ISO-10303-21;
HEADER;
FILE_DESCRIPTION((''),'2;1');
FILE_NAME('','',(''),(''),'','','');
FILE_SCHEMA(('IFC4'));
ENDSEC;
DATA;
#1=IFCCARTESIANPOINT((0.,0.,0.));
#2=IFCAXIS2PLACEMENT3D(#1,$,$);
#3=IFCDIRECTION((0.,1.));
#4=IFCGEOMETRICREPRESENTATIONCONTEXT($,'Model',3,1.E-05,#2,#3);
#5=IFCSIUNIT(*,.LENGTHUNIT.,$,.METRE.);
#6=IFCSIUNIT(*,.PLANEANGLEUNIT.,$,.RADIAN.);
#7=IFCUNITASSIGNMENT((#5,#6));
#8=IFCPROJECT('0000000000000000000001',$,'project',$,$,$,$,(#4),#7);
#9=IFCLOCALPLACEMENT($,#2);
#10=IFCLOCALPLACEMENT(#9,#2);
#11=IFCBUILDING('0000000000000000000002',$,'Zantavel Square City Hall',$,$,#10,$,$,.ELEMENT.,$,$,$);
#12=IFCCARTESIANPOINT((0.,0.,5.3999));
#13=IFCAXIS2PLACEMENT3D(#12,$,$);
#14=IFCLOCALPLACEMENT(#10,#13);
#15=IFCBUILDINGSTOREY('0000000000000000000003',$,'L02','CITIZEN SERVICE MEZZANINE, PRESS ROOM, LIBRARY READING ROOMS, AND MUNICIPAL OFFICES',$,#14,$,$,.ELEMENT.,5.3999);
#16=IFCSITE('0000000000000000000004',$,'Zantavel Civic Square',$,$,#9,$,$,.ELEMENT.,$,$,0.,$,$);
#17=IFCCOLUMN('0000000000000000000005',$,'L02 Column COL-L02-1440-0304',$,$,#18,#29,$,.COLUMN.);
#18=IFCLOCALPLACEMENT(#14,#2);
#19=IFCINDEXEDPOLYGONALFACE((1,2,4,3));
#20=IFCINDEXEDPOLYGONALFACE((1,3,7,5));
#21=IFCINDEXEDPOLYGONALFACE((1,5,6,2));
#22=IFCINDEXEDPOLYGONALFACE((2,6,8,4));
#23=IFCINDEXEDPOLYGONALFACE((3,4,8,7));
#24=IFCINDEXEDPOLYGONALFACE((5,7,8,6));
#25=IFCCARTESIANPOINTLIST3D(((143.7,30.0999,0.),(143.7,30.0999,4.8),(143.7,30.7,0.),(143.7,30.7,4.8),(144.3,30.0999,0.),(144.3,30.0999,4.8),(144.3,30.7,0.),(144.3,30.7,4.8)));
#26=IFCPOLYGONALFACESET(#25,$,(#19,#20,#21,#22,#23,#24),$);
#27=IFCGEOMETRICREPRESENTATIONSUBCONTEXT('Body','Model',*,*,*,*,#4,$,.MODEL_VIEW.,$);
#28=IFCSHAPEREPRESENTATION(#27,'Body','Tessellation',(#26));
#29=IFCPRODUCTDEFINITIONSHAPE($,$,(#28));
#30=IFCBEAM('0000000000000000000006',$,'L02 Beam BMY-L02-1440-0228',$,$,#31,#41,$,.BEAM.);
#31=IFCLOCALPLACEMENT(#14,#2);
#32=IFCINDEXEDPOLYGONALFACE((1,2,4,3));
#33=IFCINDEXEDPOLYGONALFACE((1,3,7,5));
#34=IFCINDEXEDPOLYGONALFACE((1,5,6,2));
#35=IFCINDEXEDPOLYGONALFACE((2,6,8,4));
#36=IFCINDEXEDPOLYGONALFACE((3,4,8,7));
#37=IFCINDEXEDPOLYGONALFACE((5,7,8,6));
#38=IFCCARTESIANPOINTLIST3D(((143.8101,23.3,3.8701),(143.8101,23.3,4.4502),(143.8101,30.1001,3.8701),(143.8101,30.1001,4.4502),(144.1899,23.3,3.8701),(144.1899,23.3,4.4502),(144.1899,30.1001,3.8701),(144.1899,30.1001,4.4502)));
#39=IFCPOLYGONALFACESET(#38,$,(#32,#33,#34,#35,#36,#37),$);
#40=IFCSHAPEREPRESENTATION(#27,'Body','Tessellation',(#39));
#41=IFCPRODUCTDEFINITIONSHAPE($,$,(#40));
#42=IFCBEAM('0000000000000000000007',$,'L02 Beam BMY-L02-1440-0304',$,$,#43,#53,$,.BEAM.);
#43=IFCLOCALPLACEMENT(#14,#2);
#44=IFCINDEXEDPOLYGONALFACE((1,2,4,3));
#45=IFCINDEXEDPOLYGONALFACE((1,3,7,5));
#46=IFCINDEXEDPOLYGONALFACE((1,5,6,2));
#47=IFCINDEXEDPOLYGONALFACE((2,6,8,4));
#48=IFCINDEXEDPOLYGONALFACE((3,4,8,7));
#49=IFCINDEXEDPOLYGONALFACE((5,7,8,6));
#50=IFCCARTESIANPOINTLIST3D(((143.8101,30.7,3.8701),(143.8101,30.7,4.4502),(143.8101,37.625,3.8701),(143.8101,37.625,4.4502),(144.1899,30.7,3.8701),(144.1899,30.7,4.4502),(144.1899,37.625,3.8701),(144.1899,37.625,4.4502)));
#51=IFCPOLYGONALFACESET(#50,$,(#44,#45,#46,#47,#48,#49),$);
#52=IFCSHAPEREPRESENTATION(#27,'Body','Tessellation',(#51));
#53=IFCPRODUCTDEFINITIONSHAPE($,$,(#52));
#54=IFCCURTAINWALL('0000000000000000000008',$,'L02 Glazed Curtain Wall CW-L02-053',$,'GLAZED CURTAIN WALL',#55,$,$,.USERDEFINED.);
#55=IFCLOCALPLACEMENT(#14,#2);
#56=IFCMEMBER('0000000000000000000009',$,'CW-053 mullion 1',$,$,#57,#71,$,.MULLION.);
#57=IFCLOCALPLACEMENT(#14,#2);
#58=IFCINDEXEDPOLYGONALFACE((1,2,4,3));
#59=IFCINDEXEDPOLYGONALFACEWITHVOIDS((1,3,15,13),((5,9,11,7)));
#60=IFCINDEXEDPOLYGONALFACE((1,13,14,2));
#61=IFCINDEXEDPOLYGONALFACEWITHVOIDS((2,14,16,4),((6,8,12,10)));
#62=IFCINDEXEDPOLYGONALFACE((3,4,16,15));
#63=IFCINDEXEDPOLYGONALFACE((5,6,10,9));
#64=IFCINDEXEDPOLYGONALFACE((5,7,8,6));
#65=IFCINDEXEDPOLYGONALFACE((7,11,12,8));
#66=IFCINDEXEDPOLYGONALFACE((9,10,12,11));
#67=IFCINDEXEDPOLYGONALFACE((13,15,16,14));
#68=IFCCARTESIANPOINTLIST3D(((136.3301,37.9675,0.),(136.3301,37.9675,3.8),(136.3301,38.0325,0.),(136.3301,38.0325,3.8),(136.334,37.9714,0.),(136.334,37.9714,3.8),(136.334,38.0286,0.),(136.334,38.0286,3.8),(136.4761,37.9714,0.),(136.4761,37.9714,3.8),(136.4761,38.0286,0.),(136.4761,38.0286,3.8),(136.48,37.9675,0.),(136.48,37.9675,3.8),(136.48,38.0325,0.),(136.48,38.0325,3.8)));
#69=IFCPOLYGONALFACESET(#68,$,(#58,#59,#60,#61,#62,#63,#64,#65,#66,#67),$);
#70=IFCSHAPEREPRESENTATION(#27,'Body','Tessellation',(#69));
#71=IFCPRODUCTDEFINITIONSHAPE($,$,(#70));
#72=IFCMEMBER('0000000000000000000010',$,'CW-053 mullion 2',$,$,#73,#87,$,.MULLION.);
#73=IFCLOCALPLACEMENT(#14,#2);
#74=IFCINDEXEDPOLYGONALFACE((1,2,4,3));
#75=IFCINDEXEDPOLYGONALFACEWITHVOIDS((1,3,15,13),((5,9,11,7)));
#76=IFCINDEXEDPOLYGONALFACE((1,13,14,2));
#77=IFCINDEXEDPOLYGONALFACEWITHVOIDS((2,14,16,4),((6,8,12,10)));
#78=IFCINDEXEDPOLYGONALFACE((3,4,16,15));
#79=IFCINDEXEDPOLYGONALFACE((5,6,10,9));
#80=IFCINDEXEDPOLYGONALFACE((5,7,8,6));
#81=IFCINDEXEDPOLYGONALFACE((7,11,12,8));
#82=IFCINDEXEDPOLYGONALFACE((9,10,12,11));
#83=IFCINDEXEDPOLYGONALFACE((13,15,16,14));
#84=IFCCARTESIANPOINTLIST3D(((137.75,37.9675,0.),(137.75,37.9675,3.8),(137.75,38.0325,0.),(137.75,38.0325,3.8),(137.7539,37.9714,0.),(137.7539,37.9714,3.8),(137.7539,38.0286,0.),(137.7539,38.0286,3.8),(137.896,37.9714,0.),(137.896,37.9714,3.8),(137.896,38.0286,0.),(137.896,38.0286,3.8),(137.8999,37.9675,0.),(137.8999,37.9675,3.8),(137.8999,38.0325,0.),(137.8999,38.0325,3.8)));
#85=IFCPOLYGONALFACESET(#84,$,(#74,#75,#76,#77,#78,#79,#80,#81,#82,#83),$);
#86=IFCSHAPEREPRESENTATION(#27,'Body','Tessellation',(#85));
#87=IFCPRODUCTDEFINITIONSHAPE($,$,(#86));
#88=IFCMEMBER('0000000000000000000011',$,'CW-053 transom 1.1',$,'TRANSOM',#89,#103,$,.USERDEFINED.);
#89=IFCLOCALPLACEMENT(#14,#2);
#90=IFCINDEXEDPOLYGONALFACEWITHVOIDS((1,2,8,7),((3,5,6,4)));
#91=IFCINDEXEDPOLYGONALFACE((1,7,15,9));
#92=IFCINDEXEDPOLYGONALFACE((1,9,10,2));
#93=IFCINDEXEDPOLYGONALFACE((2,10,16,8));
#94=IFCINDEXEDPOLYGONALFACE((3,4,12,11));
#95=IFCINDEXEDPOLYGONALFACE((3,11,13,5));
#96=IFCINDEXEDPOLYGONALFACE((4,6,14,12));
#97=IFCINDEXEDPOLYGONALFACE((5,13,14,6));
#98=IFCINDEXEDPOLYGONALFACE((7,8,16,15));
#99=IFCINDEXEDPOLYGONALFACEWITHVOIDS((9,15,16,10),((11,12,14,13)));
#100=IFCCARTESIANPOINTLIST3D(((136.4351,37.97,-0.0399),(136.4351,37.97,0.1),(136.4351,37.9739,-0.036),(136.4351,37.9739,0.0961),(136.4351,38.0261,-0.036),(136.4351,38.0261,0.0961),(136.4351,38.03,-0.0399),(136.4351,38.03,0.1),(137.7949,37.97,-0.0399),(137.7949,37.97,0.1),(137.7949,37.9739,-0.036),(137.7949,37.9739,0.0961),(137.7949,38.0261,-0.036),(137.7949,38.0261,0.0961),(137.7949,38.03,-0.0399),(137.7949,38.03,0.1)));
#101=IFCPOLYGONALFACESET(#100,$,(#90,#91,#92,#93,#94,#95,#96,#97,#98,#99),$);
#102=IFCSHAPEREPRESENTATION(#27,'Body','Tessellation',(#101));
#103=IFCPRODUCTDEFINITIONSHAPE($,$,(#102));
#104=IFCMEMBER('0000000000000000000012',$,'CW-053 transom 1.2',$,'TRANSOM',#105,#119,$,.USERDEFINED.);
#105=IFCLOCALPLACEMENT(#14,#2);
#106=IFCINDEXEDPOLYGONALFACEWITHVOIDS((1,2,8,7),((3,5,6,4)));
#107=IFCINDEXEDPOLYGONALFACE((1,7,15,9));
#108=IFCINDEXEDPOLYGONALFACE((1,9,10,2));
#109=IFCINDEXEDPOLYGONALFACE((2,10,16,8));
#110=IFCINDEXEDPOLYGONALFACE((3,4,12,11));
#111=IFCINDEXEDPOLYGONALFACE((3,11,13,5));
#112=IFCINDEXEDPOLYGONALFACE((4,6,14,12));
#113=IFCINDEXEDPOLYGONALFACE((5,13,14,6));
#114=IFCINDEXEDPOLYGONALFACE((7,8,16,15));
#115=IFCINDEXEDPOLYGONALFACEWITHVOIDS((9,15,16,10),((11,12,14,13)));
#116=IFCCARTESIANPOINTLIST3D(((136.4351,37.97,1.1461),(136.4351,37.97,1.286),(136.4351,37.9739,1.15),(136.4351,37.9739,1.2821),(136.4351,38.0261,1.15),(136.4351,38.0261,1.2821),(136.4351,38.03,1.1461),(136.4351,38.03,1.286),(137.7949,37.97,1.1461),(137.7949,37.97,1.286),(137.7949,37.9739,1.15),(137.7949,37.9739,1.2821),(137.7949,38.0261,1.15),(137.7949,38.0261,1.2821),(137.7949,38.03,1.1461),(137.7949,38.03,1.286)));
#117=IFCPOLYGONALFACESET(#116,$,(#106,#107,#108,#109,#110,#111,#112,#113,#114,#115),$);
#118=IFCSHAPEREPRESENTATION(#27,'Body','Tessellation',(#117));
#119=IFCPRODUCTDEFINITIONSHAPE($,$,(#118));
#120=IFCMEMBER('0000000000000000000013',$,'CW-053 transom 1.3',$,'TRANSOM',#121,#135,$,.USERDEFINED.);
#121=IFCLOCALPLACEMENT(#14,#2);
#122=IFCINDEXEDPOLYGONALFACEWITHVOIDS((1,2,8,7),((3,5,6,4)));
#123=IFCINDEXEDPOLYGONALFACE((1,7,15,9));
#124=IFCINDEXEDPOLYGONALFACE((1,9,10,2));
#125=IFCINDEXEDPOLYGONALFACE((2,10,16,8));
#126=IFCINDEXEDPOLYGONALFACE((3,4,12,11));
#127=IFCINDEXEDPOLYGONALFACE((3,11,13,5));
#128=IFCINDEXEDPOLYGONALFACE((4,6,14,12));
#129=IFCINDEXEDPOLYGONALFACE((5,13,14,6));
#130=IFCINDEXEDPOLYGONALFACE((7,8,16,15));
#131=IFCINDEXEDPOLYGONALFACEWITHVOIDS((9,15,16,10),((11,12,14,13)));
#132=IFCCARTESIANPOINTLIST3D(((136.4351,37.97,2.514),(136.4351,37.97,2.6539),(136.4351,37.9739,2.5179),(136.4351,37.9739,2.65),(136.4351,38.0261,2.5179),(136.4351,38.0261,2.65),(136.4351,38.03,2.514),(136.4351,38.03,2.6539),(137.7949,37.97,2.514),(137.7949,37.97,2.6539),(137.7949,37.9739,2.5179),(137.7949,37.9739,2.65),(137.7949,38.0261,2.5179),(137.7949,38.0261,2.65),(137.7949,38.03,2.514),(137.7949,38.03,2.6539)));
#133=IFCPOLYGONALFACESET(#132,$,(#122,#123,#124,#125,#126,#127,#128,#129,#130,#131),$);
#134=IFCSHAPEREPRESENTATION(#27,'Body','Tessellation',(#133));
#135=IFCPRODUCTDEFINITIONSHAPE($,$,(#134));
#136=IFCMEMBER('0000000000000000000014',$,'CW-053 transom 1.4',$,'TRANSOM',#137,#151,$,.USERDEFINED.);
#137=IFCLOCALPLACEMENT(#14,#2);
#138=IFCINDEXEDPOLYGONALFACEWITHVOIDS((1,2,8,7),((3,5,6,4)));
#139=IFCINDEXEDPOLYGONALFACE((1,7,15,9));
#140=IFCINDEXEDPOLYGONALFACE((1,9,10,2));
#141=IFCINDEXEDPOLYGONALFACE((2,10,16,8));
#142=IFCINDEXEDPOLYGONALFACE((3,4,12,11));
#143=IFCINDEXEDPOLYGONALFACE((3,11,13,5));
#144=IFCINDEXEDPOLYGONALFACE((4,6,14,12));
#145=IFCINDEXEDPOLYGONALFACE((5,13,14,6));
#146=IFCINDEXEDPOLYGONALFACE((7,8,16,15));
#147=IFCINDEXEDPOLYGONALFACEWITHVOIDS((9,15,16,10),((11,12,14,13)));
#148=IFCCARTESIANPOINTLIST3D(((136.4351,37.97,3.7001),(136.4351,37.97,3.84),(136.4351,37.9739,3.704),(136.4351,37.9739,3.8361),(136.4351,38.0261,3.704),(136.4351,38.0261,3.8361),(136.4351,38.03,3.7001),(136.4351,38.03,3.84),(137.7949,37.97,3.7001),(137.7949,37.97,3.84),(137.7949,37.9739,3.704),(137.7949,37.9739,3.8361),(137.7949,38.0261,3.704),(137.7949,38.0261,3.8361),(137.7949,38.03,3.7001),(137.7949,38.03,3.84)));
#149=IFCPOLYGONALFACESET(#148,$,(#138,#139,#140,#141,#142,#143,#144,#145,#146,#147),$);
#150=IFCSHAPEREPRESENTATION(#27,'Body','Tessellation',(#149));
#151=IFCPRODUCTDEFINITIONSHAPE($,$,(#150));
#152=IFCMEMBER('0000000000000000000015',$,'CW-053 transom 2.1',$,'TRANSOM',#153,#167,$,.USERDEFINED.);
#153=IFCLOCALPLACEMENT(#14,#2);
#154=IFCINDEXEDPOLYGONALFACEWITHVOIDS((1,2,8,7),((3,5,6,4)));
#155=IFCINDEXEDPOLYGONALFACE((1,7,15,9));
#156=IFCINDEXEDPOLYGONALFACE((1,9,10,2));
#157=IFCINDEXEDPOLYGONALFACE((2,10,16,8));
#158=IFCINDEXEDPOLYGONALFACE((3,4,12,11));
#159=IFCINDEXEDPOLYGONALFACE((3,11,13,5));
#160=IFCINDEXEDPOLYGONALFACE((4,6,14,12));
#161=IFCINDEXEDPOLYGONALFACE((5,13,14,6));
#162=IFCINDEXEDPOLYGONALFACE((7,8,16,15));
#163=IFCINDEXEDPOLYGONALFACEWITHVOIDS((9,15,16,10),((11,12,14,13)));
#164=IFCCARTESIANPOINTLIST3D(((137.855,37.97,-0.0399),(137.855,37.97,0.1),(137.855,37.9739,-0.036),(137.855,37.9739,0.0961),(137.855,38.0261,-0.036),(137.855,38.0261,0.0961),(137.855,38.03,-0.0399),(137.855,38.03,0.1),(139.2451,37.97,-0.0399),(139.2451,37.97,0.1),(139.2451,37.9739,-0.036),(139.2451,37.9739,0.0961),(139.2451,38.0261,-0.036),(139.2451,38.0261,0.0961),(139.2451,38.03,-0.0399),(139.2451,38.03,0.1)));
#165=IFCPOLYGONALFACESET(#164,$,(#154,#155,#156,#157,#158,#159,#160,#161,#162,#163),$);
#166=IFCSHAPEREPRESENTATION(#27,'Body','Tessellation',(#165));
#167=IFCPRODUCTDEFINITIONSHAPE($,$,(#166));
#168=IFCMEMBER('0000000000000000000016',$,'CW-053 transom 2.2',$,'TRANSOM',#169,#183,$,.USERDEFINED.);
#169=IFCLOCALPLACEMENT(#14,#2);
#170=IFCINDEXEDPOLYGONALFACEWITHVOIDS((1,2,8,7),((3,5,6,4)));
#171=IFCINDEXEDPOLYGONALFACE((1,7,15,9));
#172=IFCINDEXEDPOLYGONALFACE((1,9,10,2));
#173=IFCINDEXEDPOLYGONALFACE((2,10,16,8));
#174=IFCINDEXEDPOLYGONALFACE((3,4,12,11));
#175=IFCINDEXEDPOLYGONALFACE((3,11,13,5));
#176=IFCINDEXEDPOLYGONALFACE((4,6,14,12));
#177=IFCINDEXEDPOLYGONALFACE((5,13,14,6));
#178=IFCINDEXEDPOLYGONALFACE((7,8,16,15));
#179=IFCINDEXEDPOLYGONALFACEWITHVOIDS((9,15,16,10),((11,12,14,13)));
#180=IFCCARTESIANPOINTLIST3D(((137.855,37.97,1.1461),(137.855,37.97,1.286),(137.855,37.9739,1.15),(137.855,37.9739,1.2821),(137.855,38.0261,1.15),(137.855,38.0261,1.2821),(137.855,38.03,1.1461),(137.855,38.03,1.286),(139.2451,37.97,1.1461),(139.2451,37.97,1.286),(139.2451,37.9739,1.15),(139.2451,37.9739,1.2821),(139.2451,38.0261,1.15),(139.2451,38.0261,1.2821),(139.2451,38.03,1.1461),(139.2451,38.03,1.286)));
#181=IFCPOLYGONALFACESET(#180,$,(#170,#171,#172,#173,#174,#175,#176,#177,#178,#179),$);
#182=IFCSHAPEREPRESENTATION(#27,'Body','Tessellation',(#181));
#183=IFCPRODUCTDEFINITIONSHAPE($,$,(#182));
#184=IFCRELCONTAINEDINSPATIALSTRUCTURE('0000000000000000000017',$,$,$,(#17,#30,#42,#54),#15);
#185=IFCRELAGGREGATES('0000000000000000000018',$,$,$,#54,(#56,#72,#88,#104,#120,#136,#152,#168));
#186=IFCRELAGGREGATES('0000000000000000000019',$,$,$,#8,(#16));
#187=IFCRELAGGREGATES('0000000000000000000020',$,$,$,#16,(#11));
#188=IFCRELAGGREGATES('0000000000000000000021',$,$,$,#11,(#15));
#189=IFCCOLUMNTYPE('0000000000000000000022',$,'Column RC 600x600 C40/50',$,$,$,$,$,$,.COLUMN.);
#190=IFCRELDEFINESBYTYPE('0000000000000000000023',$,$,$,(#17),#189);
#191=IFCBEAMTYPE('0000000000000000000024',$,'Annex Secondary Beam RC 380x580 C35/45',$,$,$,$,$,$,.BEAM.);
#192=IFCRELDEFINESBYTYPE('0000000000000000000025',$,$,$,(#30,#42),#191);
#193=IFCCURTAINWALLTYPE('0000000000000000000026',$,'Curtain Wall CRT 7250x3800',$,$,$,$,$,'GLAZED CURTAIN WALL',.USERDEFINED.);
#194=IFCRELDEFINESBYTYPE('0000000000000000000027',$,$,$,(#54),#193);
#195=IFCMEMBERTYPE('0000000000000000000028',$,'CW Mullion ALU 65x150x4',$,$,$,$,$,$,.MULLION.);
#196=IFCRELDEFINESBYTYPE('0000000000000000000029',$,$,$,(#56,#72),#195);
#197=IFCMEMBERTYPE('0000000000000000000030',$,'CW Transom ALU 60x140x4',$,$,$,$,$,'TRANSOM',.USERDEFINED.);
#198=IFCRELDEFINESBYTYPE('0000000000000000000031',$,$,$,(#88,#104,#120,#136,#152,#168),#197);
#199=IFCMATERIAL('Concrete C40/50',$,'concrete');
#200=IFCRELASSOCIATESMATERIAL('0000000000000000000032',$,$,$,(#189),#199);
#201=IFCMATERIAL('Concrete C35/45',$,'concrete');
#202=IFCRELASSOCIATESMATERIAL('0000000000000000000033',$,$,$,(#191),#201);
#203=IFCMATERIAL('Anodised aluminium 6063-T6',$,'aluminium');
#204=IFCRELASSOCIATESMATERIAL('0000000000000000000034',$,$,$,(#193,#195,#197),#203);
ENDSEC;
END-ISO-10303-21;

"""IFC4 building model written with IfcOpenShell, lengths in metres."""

from ifc_helpers import new_model, si_unit, direction, frame, origin, origin_2d, place, context, subcontext, project, spatial, rectangle, hollow_rectangle, extrude, material, material_profile, profile_set, type_object, element, aggregate, save


model = new_model("IFC4")

# Units and contexts
model_context = context("Model", 3, precision=1e-05, world=origin(), true_north=direction((0.0, 1.0)))
body_context = subcontext(model_context, "Body", "Model", "MODEL_VIEW")
ifc_project = project(units=[si_unit("LENGTHUNIT", "METRE"), si_unit("PLANEANGLEUNIT", "RADIAN")], contexts=[model_context])

# Site, building, storey
site_placement = place(None, origin())
site = spatial("IfcSite", under=ifc_project, at=site_placement, Name="Zantavel Civic Square", CompositionType="ELEMENT", RefElevation=0.0)
building_placement = place(site_placement, origin())
building = spatial("IfcBuilding", under=site, at=building_placement, Name="Zantavel Square City Hall", CompositionType="ELEMENT")
storey_placement = place(building_placement, frame((0.0, 0.0, 5.3999)))
storey = spatial("IfcBuildingStorey", under=building, at=storey_placement, Name="L02", Description="CITIZEN SERVICE MEZZANINE, PRESS ROOM, LIBRARY READING ROOMS, AND MUNICIPAL OFFICES", CompositionType="ELEMENT", Elevation=5.3999)

# Column
ifc_material_1 = material(Name="Concrete C40/50", Category="concrete")
ifc_material_profile_1 = material_profile(ifc_material_1, rectangle(XDim=0.6001, YDim=0.6001, at=origin_2d()), Name="RC 600x600")
ifc_profile_set_1 = profile_set([ifc_material_profile_1], Name="Concrete C40/50")
column_type = type_object("IfcColumnType", Name="Column RC 600x600 C40/50", PredefinedType="COLUMN", material=ifc_profile_set_1)
column_placement = place(storey_placement, frame((144.0, 30.3999, 0.0), z_axis=(0.0, 0.0, 1.0), x_axis=(1.0, 0.0, 0.0)))
element("IfcColumn", 1, at=column_placement, inside=storey, type_object=column_type, Name="L02 Column COL-L02-1440-0304", PredefinedType="COLUMN", context=body_context, shape_type="SweptSolid", body=[
    extrude(rectangle(XDim=0.6001, YDim=0.6001, at=origin_2d()), origin(), (0.0, 0.0, 1.0), 4.8),
])

# Beams
ifc_material_2 = material(Name="Concrete C35/45", Category="concrete")
ifc_material_profile_2 = material_profile(ifc_material_2, rectangle(XDim=0.3799, YDim=0.5801, at=origin_2d()), Name="RC 380x580")
ifc_profile_set_2 = profile_set([ifc_material_profile_2], Name="Concrete C35/45")
beam_type_1 = type_object("IfcBeamType", Name="Annex Secondary Beam RC 380x580 C35/45", PredefinedType="BEAM", material=ifc_profile_set_2)
beam_1_placement = place(storey_placement, frame((144.0, 23.3, 4.1602), z_axis=(0.0, 1.0, 0.0), x_axis=(-1.0, 0.0, 0.0)))
element("IfcBeam", 2, at=beam_1_placement, inside=storey, type_object=beam_type_1, Name="L02 Beam BMY-L02-1440-0228", PredefinedType="BEAM", context=body_context, shape_type="SweptSolid", body=[
    extrude(rectangle(XDim=0.3799, YDim=0.5801, at=origin_2d()), origin(), (0.0, 0.0, 1.0), 6.8),
])
beam_2_placement = place(storey_placement, frame((144.0, 30.7, 4.1602), z_axis=(0.0, 1.0, 0.0), x_axis=(-1.0, 0.0, 0.0)))
element("IfcBeam", 3, at=beam_2_placement, inside=storey, type_object=beam_type_1, Name="L02 Beam BMY-L02-1440-0304", PredefinedType="BEAM", context=body_context, shape_type="SweptSolid", body=[
    extrude(rectangle(XDim=0.3799, YDim=0.5801, at=origin_2d()), origin(), (0.0, 0.0, 1.0), 6.925),
])

# Curtain wall, members
ifc_material_3 = material(Name="Anodised aluminium 6063-T6", Category="aluminium")
curtain_wall_type = type_object("IfcCurtainWallType", Name="Curtain Wall CRT 7250x3800", ElementType="GLAZED CURTAIN WALL", PredefinedType="USERDEFINED", material=ifc_material_3)
curtain_wall_placement = place(storey_placement, origin())
curtain_wall = element("IfcCurtainWall", 4, at=curtain_wall_placement, inside=storey, type_object=curtain_wall_type, Name="L02 Glazed Curtain Wall CW-L02-053", ObjectType="GLAZED CURTAIN WALL", PredefinedType="USERDEFINED")
ifc_material_profile_3 = material_profile(ifc_material_3, hollow_rectangle(XDim=0.0649, YDim=0.1499, WallThickness=0.0039, at=origin_2d()), Name="ALU 65x150x4")
ifc_profile_set_3 = profile_set([ifc_material_profile_3], Name="Anodised aluminium 6063-T6")
member_type_1 = type_object("IfcMemberType", Name="CW Mullion ALU 65x150x4", PredefinedType="MULLION", material=ifc_profile_set_3)
member_1_placement = place(storey_placement, frame((136.405, 38.0, 0.0), z_axis=(0.0, 0.0, 1.0), x_axis=(0.0, 1.0, 0.0)))
member_1 = element("IfcMember", 5, at=member_1_placement, type_object=member_type_1, Name="CW-053 mullion 1", PredefinedType="MULLION", context=body_context, shape_type="SweptSolid", body=[
    extrude(hollow_rectangle(XDim=0.0649, YDim=0.1499, WallThickness=0.0039, at=origin_2d()), origin(), (0.0, 0.0, 1.0), 3.8),
])
member_2_placement = place(storey_placement, frame((137.825, 38.0, 0.0), z_axis=(0.0, 0.0, 1.0), x_axis=(0.0, 1.0, 0.0)))
member_2 = element("IfcMember", 6, at=member_2_placement, type_object=member_type_1, Name="CW-053 mullion 2", PredefinedType="MULLION", context=body_context, shape_type="SweptSolid", body=[
    extrude(hollow_rectangle(XDim=0.0649, YDim=0.1499, WallThickness=0.0039, at=origin_2d()), origin(), (0.0, 0.0, 1.0), 3.8),
])
ifc_material_profile_4 = material_profile(ifc_material_3, hollow_rectangle(XDim=0.0601, YDim=0.1399, WallThickness=0.0039, at=origin_2d()), Name="ALU 60x140x4")
ifc_profile_set_4 = profile_set([ifc_material_profile_4], Name="Anodised aluminium 6063-T6")
member_type_2 = type_object("IfcMemberType", Name="CW Transom ALU 60x140x4", ElementType="TRANSOM", PredefinedType="USERDEFINED", material=ifc_profile_set_4)
member_3_placement = place(storey_placement, frame((136.4351, 38.0, 0.03), z_axis=(1.0, 0.0, 0.0), x_axis=(0.0, 1.0, 0.0)))
member_3 = element("IfcMember", 7, at=member_3_placement, type_object=member_type_2, Name="CW-053 transom 1.1", ObjectType="TRANSOM", PredefinedType="USERDEFINED", context=body_context, shape_type="SweptSolid", body=[
    extrude(hollow_rectangle(XDim=0.0601, YDim=0.1399, WallThickness=0.0039, at=origin_2d()), origin(), (0.0, 0.0, 1.0), 1.3599),
])
member_4_placement = place(storey_placement, frame((136.4351, 38.0, 1.2161), z_axis=(1.0, 0.0, 0.0), x_axis=(0.0, 1.0, 0.0)))
member_4 = element("IfcMember", 8, at=member_4_placement, type_object=member_type_2, Name="CW-053 transom 1.2", ObjectType="TRANSOM", PredefinedType="USERDEFINED", context=body_context, shape_type="SweptSolid", body=[
    extrude(hollow_rectangle(XDim=0.0601, YDim=0.1399, WallThickness=0.0039, at=origin_2d()), origin(), (0.0, 0.0, 1.0), 1.3599),
])
member_5_placement = place(storey_placement, frame((136.4351, 38.0, 2.584), z_axis=(1.0, 0.0, 0.0), x_axis=(0.0, 1.0, 0.0)))
member_5 = element("IfcMember", 9, at=member_5_placement, type_object=member_type_2, Name="CW-053 transom 1.3", ObjectType="TRANSOM", PredefinedType="USERDEFINED", context=body_context, shape_type="SweptSolid", body=[
    extrude(hollow_rectangle(XDim=0.0601, YDim=0.1399, WallThickness=0.0039, at=origin_2d()), origin(), (0.0, 0.0, 1.0), 1.3599),
])
member_6_placement = place(storey_placement, frame((136.4351, 38.0, 3.77), z_axis=(1.0, 0.0, 0.0), x_axis=(0.0, 1.0, 0.0)))
member_6 = element("IfcMember", 10, at=member_6_placement, type_object=member_type_2, Name="CW-053 transom 1.4", ObjectType="TRANSOM", PredefinedType="USERDEFINED", context=body_context, shape_type="SweptSolid", body=[
    extrude(hollow_rectangle(XDim=0.0601, YDim=0.1399, WallThickness=0.0039, at=origin_2d()), origin(), (0.0, 0.0, 1.0), 1.3599),
])
member_7_placement = place(storey_placement, frame((137.855, 38.0, 0.03), z_axis=(1.0, 0.0, 0.0), x_axis=(0.0, 1.0, 0.0)))
member_7 = element("IfcMember", 11, at=member_7_placement, type_object=member_type_2, Name="CW-053 transom 2.1", ObjectType="TRANSOM", PredefinedType="USERDEFINED", context=body_context, shape_type="SweptSolid", body=[
    extrude(hollow_rectangle(XDim=0.0601, YDim=0.1399, WallThickness=0.0039, at=origin_2d()), origin(), (0.0, 0.0, 1.0), 1.3901),
])
member_8_placement = place(storey_placement, frame((137.855, 38.0, 1.2161), z_axis=(1.0, 0.0, 0.0), x_axis=(0.0, 1.0, 0.0)))
member_8 = element("IfcMember", 12, at=member_8_placement, type_object=member_type_2, Name="CW-053 transom 2.2", ObjectType="TRANSOM", PredefinedType="USERDEFINED", context=body_context, shape_type="SweptSolid", body=[
    extrude(hollow_rectangle(XDim=0.0601, YDim=0.1399, WallThickness=0.0039, at=origin_2d()), origin(), (0.0, 0.0, 1.0), 1.3901),
])

aggregate(curtain_wall, [member_1, member_2, member_3, member_4, member_5, member_6, member_7, member_8])

save(model, "model.ifc")
